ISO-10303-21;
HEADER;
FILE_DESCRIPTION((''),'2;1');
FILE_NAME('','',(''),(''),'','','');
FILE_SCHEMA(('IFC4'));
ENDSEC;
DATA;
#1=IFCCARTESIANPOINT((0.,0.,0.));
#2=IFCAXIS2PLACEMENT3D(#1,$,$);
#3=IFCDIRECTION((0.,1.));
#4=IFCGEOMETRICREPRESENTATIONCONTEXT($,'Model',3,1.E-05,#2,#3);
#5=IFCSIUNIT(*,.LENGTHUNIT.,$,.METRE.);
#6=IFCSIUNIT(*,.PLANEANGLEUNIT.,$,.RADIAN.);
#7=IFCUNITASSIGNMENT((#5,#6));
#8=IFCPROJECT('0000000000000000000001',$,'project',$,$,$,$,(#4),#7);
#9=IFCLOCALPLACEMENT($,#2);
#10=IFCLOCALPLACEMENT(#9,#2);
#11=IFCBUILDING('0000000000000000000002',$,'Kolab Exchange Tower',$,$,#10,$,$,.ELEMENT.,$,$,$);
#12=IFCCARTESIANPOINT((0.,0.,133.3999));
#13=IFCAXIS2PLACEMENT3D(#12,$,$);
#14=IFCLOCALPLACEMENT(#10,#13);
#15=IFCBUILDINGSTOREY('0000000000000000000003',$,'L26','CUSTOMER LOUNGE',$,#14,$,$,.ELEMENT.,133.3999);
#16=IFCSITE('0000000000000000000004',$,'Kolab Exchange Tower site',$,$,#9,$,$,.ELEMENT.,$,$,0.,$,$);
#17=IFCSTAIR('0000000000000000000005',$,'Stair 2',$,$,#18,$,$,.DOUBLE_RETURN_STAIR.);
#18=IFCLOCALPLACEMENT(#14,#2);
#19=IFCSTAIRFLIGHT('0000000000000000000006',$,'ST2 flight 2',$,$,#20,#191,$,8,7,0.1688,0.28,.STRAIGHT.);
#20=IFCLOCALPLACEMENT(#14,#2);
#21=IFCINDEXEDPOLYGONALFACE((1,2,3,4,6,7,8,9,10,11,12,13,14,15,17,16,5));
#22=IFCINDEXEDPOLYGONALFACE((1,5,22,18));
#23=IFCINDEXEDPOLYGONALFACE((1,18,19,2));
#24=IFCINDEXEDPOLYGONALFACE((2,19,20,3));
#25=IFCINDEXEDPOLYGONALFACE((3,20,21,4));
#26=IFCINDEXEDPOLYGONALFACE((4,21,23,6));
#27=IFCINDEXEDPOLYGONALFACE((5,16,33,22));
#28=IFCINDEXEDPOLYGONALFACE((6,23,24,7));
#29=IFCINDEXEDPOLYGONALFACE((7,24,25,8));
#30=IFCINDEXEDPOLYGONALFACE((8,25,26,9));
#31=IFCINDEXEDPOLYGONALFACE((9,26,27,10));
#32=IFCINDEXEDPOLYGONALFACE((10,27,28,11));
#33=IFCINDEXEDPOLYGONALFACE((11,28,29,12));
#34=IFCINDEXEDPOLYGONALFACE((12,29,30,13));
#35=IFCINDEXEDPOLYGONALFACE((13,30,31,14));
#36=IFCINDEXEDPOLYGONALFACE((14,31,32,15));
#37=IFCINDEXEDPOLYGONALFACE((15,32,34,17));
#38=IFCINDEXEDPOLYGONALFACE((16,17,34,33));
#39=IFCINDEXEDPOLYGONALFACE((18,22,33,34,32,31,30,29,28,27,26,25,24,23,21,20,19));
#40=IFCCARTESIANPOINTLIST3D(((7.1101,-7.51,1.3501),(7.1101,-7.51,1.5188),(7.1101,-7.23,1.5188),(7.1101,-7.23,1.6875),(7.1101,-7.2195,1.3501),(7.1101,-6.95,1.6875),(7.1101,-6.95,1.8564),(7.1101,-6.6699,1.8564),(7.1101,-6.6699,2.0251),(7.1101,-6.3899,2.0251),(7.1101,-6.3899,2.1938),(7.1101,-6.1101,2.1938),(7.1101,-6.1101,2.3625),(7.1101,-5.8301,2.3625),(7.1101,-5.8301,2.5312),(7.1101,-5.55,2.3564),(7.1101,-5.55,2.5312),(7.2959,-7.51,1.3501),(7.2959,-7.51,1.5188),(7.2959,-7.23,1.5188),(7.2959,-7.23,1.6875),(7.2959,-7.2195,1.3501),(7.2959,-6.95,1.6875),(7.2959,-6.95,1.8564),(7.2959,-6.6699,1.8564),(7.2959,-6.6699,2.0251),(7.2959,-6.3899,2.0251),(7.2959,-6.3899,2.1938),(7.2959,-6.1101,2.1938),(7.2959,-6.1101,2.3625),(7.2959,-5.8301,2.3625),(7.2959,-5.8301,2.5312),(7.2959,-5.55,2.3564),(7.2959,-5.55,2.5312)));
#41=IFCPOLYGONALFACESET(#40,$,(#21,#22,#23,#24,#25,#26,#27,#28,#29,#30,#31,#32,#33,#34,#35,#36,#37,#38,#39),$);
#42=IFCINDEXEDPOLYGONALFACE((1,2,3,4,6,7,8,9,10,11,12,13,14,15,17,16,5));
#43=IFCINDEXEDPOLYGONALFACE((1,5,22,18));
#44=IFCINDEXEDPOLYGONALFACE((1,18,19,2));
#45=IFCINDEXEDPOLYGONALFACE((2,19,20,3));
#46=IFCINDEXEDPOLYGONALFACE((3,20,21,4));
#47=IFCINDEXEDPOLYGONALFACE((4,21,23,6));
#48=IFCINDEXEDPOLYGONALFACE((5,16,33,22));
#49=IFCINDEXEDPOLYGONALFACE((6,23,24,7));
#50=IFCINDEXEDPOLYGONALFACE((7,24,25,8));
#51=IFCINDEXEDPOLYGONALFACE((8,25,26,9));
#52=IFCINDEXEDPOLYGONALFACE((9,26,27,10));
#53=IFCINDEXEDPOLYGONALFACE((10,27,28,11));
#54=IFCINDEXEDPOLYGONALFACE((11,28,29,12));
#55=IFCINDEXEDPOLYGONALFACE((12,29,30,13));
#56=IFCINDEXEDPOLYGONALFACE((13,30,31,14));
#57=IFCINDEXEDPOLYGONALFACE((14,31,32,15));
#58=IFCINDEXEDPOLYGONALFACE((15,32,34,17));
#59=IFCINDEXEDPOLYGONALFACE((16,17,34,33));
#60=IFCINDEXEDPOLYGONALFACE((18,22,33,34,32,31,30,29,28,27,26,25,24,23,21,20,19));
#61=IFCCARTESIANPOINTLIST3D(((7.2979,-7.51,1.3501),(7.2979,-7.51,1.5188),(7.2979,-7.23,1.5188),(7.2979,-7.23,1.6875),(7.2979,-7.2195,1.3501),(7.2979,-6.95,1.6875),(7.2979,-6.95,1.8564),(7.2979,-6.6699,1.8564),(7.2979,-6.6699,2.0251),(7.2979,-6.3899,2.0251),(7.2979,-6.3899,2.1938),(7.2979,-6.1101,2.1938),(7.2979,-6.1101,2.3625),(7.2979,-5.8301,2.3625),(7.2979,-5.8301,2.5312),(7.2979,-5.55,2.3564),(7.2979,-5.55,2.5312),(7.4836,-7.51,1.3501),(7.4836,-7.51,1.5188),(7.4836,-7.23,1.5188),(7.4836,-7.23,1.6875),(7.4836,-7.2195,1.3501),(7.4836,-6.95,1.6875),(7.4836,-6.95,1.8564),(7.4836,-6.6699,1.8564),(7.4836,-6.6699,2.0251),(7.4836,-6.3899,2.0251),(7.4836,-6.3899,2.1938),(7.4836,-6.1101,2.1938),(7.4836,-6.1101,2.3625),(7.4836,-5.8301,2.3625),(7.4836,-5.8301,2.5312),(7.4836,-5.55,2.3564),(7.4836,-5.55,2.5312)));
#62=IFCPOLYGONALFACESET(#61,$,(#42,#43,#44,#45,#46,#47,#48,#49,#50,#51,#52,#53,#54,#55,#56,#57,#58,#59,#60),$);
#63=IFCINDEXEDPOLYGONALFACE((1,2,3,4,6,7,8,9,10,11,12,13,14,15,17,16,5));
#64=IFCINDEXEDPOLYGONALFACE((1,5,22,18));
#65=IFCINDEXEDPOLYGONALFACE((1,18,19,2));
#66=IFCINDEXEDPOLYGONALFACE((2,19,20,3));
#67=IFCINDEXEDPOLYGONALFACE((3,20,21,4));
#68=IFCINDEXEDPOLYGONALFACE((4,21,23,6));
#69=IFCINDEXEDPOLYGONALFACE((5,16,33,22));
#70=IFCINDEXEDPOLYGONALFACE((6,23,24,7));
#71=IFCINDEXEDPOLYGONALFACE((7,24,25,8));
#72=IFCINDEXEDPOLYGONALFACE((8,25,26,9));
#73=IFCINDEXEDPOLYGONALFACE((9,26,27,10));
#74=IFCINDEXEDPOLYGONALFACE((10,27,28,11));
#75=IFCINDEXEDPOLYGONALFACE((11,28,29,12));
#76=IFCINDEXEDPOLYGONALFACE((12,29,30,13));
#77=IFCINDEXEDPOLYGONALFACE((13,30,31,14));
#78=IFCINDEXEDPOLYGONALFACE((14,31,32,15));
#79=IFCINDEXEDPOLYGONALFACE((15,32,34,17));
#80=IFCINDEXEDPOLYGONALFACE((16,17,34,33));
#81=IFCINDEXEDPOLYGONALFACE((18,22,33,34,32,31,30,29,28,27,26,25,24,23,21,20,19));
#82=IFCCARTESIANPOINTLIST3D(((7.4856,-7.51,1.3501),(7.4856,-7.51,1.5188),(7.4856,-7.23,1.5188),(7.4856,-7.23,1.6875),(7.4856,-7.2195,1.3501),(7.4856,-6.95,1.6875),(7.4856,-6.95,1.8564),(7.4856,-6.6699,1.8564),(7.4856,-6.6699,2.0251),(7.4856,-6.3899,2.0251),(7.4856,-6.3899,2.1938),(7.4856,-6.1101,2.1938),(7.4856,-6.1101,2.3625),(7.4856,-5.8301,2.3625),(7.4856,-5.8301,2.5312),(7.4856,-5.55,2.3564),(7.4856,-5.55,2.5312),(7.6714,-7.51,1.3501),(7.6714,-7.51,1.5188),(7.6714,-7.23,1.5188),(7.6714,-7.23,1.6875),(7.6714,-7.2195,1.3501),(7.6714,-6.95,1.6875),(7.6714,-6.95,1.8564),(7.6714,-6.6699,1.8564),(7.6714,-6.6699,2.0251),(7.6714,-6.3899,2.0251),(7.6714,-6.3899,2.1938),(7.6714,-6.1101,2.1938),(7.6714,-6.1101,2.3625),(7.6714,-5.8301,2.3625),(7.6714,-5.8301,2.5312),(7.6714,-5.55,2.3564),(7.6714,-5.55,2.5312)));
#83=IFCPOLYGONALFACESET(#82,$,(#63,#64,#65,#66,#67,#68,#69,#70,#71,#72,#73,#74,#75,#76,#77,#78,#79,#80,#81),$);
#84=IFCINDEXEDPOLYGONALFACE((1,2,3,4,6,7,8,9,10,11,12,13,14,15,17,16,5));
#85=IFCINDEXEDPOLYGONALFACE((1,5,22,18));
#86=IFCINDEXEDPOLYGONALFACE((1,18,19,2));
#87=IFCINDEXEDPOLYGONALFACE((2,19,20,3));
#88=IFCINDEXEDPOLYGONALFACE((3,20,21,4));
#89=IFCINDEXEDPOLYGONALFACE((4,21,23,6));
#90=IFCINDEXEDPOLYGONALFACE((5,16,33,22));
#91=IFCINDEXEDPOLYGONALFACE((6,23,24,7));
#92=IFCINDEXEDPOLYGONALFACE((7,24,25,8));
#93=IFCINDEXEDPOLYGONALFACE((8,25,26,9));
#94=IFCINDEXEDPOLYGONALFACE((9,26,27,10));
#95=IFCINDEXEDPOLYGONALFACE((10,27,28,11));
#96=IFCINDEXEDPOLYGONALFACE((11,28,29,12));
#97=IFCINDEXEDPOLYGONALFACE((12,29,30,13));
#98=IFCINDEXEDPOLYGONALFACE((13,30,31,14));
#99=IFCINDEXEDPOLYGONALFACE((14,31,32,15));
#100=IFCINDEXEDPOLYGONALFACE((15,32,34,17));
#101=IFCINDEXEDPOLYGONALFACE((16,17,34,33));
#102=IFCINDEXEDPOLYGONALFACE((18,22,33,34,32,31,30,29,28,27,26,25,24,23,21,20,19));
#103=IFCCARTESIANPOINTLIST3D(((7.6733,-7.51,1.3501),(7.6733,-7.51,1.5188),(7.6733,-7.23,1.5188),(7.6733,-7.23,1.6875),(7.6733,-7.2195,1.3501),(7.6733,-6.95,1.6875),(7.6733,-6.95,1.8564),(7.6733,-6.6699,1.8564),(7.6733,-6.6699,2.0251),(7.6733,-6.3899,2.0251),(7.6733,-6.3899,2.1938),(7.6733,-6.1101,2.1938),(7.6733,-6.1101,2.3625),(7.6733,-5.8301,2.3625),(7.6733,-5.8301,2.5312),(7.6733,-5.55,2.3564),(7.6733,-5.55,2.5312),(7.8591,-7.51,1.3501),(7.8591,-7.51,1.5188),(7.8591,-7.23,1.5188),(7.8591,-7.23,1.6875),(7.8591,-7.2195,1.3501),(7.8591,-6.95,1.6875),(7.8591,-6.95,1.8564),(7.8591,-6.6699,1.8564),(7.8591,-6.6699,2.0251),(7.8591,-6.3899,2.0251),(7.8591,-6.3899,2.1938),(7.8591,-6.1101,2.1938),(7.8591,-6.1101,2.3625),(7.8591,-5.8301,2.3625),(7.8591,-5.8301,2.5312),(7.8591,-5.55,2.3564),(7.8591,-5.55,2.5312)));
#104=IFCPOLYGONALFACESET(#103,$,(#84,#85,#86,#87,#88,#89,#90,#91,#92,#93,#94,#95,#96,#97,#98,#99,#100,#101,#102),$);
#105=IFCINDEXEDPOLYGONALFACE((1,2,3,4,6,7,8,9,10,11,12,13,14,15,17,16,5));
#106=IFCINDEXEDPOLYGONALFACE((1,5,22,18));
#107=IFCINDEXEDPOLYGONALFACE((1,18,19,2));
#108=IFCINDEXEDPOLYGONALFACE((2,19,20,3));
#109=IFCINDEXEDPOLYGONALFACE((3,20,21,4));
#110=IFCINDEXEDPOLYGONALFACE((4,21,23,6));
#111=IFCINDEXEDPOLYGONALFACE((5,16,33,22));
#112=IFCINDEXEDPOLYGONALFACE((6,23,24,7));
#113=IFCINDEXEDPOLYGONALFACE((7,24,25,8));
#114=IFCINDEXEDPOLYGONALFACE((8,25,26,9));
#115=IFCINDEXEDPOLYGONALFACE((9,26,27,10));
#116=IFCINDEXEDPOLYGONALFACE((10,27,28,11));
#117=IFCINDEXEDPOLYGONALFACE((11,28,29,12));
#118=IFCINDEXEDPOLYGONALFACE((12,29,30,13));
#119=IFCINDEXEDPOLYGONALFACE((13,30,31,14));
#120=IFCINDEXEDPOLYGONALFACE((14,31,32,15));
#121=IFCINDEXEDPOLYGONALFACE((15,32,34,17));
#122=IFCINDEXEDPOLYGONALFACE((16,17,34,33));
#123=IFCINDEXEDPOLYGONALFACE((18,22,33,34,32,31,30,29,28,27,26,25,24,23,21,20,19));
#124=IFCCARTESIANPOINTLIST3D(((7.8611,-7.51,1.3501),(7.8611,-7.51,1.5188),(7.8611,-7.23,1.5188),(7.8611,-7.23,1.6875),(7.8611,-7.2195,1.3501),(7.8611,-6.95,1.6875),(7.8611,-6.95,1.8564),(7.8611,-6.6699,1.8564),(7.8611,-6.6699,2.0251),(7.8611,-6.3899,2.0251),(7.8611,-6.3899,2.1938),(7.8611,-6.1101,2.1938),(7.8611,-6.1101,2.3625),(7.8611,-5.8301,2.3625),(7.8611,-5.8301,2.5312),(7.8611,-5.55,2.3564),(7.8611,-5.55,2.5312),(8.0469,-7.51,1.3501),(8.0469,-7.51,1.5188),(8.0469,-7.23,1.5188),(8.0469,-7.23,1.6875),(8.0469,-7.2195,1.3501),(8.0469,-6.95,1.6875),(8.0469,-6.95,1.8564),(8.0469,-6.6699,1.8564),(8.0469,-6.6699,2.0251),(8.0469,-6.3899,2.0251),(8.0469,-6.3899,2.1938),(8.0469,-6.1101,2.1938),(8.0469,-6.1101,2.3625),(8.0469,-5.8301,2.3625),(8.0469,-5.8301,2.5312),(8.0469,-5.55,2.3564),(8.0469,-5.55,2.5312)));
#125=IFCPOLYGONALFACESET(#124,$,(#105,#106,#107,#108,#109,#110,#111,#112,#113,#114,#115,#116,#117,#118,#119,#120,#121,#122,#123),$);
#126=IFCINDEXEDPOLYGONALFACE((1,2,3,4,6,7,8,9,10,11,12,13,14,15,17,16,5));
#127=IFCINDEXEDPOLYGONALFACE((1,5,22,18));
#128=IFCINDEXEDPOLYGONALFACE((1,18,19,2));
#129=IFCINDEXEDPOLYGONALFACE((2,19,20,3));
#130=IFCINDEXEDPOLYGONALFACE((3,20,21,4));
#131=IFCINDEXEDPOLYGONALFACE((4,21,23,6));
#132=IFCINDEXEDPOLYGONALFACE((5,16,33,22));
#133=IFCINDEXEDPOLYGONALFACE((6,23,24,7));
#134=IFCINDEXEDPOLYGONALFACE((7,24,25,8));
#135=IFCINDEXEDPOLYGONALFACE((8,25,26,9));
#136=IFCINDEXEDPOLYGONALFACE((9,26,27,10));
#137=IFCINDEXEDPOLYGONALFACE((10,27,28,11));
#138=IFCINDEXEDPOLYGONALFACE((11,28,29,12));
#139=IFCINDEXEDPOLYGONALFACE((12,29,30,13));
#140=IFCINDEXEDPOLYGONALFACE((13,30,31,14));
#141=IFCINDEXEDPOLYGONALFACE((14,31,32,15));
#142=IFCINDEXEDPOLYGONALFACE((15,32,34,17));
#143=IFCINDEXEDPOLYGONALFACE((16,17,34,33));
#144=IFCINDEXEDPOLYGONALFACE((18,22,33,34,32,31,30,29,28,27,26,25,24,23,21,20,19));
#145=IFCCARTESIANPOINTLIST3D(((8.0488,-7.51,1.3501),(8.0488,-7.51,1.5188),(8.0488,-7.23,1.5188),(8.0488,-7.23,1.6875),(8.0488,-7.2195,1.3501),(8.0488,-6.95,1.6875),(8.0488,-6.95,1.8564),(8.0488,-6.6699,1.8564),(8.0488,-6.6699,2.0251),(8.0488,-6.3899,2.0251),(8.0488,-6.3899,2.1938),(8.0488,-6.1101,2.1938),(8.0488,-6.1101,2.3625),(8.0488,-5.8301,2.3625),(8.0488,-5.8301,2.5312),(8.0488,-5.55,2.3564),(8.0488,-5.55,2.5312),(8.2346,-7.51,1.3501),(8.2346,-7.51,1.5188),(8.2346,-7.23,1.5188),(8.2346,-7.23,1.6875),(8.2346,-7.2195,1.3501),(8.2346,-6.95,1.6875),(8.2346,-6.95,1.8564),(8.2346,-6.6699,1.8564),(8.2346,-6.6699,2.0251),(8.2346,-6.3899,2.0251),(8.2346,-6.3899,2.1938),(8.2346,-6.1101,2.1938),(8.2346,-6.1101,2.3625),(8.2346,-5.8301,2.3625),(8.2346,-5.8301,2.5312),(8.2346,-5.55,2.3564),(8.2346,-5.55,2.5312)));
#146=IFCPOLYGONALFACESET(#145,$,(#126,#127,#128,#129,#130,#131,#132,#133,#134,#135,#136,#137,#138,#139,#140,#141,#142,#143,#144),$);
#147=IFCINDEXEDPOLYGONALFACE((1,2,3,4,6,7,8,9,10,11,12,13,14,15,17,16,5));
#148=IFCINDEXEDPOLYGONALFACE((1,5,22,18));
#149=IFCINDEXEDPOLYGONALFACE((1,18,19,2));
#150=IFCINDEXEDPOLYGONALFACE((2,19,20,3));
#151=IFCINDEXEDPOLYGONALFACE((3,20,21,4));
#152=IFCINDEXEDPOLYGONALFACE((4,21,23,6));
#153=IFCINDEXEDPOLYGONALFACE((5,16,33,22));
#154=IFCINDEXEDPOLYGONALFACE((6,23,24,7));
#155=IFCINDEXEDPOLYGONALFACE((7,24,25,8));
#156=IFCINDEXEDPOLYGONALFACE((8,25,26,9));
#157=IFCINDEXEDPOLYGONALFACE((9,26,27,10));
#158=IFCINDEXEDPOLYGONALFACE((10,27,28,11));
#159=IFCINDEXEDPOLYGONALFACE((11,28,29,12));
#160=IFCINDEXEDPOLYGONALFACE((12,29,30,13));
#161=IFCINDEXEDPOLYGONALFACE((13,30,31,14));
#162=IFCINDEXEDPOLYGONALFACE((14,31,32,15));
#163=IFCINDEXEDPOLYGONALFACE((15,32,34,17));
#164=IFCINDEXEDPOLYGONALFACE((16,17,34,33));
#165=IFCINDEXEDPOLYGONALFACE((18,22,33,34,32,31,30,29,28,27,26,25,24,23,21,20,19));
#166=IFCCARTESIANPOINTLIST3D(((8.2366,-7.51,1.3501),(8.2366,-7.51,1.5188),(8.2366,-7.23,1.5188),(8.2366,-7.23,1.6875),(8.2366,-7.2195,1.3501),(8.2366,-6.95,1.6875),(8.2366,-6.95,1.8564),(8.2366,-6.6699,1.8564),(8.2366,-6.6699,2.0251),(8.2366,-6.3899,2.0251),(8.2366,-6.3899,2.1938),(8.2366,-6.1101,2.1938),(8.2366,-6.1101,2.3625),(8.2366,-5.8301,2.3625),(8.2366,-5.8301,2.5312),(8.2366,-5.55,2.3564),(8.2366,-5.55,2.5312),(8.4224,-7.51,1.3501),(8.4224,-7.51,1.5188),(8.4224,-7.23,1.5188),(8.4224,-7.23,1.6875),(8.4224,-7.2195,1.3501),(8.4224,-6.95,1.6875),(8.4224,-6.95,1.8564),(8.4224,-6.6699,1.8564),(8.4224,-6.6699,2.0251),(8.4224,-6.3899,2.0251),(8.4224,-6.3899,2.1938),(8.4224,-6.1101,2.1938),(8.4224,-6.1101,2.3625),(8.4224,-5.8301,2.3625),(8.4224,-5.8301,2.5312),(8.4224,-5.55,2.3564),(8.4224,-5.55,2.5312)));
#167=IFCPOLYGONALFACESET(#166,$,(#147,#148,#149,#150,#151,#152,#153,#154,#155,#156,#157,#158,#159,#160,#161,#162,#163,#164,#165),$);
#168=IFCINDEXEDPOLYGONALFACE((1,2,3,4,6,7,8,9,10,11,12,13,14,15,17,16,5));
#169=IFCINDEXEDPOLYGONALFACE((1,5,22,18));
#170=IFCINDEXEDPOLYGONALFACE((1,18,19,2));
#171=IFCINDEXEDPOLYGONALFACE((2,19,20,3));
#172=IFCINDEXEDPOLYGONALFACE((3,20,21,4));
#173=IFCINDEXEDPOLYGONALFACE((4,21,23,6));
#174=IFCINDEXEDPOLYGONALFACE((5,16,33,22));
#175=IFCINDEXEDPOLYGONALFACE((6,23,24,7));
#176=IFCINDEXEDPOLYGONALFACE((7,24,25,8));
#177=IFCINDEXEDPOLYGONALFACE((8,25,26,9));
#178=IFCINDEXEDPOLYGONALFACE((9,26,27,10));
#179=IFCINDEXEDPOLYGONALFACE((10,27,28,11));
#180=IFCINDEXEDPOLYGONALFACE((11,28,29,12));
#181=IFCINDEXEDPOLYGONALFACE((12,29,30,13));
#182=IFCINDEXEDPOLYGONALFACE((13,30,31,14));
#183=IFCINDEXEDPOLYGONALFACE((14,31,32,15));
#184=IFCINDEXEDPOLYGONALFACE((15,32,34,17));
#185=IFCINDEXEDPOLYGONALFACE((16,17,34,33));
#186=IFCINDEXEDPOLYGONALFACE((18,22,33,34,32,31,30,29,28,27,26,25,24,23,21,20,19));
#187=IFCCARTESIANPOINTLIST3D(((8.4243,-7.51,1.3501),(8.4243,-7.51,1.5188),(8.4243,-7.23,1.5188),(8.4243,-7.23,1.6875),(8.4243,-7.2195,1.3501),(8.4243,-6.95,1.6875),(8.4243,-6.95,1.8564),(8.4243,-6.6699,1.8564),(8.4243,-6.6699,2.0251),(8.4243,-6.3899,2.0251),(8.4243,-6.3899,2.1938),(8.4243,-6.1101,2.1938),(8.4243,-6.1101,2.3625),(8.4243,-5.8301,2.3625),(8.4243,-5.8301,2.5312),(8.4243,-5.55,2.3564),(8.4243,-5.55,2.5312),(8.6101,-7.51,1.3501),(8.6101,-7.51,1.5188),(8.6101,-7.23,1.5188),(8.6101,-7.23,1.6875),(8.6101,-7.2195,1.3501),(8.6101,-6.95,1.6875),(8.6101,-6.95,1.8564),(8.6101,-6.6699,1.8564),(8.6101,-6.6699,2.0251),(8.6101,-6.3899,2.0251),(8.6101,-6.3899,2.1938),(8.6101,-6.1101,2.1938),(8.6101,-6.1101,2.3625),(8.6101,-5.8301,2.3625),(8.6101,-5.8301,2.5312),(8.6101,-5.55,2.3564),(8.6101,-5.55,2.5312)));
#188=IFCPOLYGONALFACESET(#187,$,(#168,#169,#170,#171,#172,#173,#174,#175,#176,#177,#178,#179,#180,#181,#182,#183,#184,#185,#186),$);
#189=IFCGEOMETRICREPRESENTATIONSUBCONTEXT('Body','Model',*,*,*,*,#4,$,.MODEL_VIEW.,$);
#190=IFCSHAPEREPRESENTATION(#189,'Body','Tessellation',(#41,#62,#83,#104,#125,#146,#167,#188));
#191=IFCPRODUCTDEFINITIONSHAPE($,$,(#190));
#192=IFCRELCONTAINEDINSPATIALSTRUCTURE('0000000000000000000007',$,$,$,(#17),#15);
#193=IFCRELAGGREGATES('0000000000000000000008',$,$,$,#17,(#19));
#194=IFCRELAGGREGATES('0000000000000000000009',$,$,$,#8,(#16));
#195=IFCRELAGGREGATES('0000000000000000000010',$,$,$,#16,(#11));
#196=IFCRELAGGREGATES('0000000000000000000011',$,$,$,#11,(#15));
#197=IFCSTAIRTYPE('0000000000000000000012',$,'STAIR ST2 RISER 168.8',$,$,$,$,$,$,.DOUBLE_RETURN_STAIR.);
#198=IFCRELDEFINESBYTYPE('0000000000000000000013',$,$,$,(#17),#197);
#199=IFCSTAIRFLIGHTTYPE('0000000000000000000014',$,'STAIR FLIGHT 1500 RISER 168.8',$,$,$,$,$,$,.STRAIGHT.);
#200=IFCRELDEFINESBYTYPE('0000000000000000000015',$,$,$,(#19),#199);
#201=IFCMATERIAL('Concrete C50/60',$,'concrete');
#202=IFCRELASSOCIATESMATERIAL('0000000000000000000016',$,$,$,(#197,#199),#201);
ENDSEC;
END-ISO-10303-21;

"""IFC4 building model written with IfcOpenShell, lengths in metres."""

from ifc_helpers import new_model, si_unit, direction, frame, origin, place, context, subcontext, project, spatial, polyline, outline, extrude, material, type_object, element, aggregate, save


model = new_model("IFC4")

# Units and contexts
model_context = context("Model", 3, precision=1e-05, world=origin(), true_north=direction((0.0, 1.0)))
body_context = subcontext(model_context, "Body", "Model", "MODEL_VIEW")
ifc_project = project(units=[si_unit("LENGTHUNIT", "METRE"), si_unit("PLANEANGLEUNIT", "RADIAN")], contexts=[model_context])

# Site, building, storey
site_placement = place(None, origin())
site = spatial("IfcSite", under=ifc_project, at=site_placement, Name="Kolab Exchange Tower site", CompositionType="ELEMENT", RefElevation=0.0)
building_placement = place(site_placement, origin())
building = spatial("IfcBuilding", under=site, at=building_placement, Name="Kolab Exchange Tower", CompositionType="ELEMENT")
storey_placement = place(building_placement, frame((0.0, 0.0, 133.3999)))
storey = spatial("IfcBuildingStorey", under=building, at=storey_placement, Name="L26", Description="CUSTOMER LOUNGE", CompositionType="ELEMENT", Elevation=133.3999)

# Shared definitions
ifc_material_1 = material(Name="Concrete C50/60", Category="concrete")

# Stair, stair flight
stair_type = type_object("IfcStairType", Name="STAIR ST2 RISER 168.8", PredefinedType="DOUBLE_RETURN_STAIR", material=ifc_material_1)
stair_placement = place(storey_placement, origin())
stair = element("IfcStair", 1, at=stair_placement, inside=storey, type_object=stair_type, Name="Stair 2", PredefinedType="DOUBLE_RETURN_STAIR")
stair_flight_type = type_object("IfcStairFlightType", Name="STAIR FLIGHT 1500 RISER 168.8", PredefinedType="STRAIGHT", material=ifc_material_1)
stair_flight_1_placement = place(storey_placement, frame((7.8601, -7.51, 1.3501), z_axis=(0.0, 0.0, 1.0), x_axis=(0.0, 1.0, 0.0)))
stair_flight_1 = element("IfcStairFlight", 2, at=stair_flight_1_placement, type_object=stair_flight_type, Name="ST2 flight 2", NumberOfRisers=8, NumberOfTreads=7, PredefinedType="STRAIGHT", RiserHeight=0.1688, TreadLength=0.28, context=body_context, shape_type="SweptSolid", body=[
    extrude(outline(polyline([(0.0, 0.0), (0.0, 0.1687), (0.28, 0.1687), (0.28, 0.3374), (0.5601, 0.3374), (0.5601, 0.5063), (0.8401, 0.5063), (0.8401, 0.675), (1.1201, 0.675), (1.1201, 0.8438), (1.3999, 0.8438), (1.3999, 1.0125), (1.6799, 1.0125), (1.6799, 1.1812), (1.96, 1.1812), (1.96, 1.3501), (1.96, 1.0063), (0.2905, 0.0), (0.0, 0.0)])), frame((0.0, 0.75, 0.0), z_axis=(0.0, -1.0, 0.0), x_axis=(1.0, 0.0, 0.0)), (0.0, 0.0, 1.0), 0.1858),
    extrude(outline(polyline([(0.0, 0.0), (0.0, 0.1687), (0.28, 0.1687), (0.28, 0.3374), (0.5601, 0.3374), (0.5601, 0.5063), (0.8401, 0.5063), (0.8401, 0.675), (1.1201, 0.675), (1.1201, 0.8438), (1.3999, 0.8438), (1.3999, 1.0125), (1.6799, 1.0125), (1.6799, 1.1812), (1.96, 1.1812), (1.96, 1.3501), (1.96, 1.0063), (0.2905, 0.0), (0.0, 0.0)])), frame((0.0, 0.5623, 0.0), z_axis=(0.0, -1.0, 0.0), x_axis=(1.0, 0.0, 0.0)), (0.0, 0.0, 1.0), 0.1858),
    extrude(outline(polyline([(0.0, 0.0), (0.0, 0.1687), (0.28, 0.1687), (0.28, 0.3374), (0.5601, 0.3374), (0.5601, 0.5063), (0.8401, 0.5063), (0.8401, 0.675), (1.1201, 0.675), (1.1201, 0.8438), (1.3999, 0.8438), (1.3999, 1.0125), (1.6799, 1.0125), (1.6799, 1.1812), (1.96, 1.1812), (1.96, 1.3501), (1.96, 1.0063), (0.2905, 0.0), (0.0, 0.0)])), frame((0.0, 0.3745, 0.0), z_axis=(0.0, -1.0, 0.0), x_axis=(1.0, 0.0, 0.0)), (0.0, 0.0, 1.0), 0.1858),
    extrude(outline(polyline([(0.0, 0.0), (0.0, 0.1687), (0.28, 0.1687), (0.28, 0.3374), (0.5601, 0.3374), (0.5601, 0.5063), (0.8401, 0.5063), (0.8401, 0.675), (1.1201, 0.675), (1.1201, 0.8438), (1.3999, 0.8438), (1.3999, 1.0125), (1.6799, 1.0125), (1.6799, 1.1812), (1.96, 1.1812), (1.96, 1.3501), (1.96, 1.0063), (0.2905, 0.0), (0.0, 0.0)])), frame((0.0, 0.1868, 0.0), z_axis=(0.0, -1.0, 0.0), x_axis=(1.0, 0.0, 0.0)), (0.0, 0.0, 1.0), 0.1858),
    extrude(outline(polyline([(0.0, 0.0), (0.0, 0.1687), (0.28, 0.1687), (0.28, 0.3374), (0.5601, 0.3374), (0.5601, 0.5063), (0.8401, 0.5063), (0.8401, 0.675), (1.1201, 0.675), (1.1201, 0.8438), (1.3999, 0.8438), (1.3999, 1.0125), (1.6799, 1.0125), (1.6799, 1.1812), (1.96, 1.1812), (1.96, 1.3501), (1.96, 1.0063), (0.2905, 0.0), (0.0, 0.0)])), frame((0.0, -0.001, 0.0), z_axis=(0.0, -1.0, 0.0), x_axis=(1.0, 0.0, 0.0)), (0.0, 0.0, 1.0), 0.1858),
    extrude(outline(polyline([(0.0, 0.0), (0.0, 0.1687), (0.28, 0.1687), (0.28, 0.3374), (0.5601, 0.3374), (0.5601, 0.5063), (0.8401, 0.5063), (0.8401, 0.675), (1.1201, 0.675), (1.1201, 0.8438), (1.3999, 0.8438), (1.3999, 1.0125), (1.6799, 1.0125), (1.6799, 1.1812), (1.96, 1.1812), (1.96, 1.3501), (1.96, 1.0063), (0.2905, 0.0), (0.0, 0.0)])), frame((0.0, -0.1887, 0.0), z_axis=(0.0, -1.0, 0.0), x_axis=(1.0, 0.0, 0.0)), (0.0, 0.0, 1.0), 0.1858),
    extrude(outline(polyline([(0.0, 0.0), (0.0, 0.1687), (0.28, 0.1687), (0.28, 0.3374), (0.5601, 0.3374), (0.5601, 0.5063), (0.8401, 0.5063), (0.8401, 0.675), (1.1201, 0.675), (1.1201, 0.8438), (1.3999, 0.8438), (1.3999, 1.0125), (1.6799, 1.0125), (1.6799, 1.1812), (1.96, 1.1812), (1.96, 1.3501), (1.96, 1.0063), (0.2905, 0.0), (0.0, 0.0)])), frame((0.0, -0.3765, 0.0), z_axis=(0.0, -1.0, 0.0), x_axis=(1.0, 0.0, 0.0)), (0.0, 0.0, 1.0), 0.1858),
    extrude(outline(polyline([(0.0, 0.0), (0.0, 0.1687), (0.28, 0.1687), (0.28, 0.3374), (0.5601, 0.3374), (0.5601, 0.5063), (0.8401, 0.5063), (0.8401, 0.675), (1.1201, 0.675), (1.1201, 0.8438), (1.3999, 0.8438), (1.3999, 1.0125), (1.6799, 1.0125), (1.6799, 1.1812), (1.96, 1.1812), (1.96, 1.3501), (1.96, 1.0063), (0.2905, 0.0), (0.0, 0.0)])), frame((0.0, -0.5642, 0.0), z_axis=(0.0, -1.0, 0.0), x_axis=(1.0, 0.0, 0.0)), (0.0, 0.0, 1.0), 0.1858),
])
aggregate(stair, [stair_flight_1])

save(model, "model.ifc")
